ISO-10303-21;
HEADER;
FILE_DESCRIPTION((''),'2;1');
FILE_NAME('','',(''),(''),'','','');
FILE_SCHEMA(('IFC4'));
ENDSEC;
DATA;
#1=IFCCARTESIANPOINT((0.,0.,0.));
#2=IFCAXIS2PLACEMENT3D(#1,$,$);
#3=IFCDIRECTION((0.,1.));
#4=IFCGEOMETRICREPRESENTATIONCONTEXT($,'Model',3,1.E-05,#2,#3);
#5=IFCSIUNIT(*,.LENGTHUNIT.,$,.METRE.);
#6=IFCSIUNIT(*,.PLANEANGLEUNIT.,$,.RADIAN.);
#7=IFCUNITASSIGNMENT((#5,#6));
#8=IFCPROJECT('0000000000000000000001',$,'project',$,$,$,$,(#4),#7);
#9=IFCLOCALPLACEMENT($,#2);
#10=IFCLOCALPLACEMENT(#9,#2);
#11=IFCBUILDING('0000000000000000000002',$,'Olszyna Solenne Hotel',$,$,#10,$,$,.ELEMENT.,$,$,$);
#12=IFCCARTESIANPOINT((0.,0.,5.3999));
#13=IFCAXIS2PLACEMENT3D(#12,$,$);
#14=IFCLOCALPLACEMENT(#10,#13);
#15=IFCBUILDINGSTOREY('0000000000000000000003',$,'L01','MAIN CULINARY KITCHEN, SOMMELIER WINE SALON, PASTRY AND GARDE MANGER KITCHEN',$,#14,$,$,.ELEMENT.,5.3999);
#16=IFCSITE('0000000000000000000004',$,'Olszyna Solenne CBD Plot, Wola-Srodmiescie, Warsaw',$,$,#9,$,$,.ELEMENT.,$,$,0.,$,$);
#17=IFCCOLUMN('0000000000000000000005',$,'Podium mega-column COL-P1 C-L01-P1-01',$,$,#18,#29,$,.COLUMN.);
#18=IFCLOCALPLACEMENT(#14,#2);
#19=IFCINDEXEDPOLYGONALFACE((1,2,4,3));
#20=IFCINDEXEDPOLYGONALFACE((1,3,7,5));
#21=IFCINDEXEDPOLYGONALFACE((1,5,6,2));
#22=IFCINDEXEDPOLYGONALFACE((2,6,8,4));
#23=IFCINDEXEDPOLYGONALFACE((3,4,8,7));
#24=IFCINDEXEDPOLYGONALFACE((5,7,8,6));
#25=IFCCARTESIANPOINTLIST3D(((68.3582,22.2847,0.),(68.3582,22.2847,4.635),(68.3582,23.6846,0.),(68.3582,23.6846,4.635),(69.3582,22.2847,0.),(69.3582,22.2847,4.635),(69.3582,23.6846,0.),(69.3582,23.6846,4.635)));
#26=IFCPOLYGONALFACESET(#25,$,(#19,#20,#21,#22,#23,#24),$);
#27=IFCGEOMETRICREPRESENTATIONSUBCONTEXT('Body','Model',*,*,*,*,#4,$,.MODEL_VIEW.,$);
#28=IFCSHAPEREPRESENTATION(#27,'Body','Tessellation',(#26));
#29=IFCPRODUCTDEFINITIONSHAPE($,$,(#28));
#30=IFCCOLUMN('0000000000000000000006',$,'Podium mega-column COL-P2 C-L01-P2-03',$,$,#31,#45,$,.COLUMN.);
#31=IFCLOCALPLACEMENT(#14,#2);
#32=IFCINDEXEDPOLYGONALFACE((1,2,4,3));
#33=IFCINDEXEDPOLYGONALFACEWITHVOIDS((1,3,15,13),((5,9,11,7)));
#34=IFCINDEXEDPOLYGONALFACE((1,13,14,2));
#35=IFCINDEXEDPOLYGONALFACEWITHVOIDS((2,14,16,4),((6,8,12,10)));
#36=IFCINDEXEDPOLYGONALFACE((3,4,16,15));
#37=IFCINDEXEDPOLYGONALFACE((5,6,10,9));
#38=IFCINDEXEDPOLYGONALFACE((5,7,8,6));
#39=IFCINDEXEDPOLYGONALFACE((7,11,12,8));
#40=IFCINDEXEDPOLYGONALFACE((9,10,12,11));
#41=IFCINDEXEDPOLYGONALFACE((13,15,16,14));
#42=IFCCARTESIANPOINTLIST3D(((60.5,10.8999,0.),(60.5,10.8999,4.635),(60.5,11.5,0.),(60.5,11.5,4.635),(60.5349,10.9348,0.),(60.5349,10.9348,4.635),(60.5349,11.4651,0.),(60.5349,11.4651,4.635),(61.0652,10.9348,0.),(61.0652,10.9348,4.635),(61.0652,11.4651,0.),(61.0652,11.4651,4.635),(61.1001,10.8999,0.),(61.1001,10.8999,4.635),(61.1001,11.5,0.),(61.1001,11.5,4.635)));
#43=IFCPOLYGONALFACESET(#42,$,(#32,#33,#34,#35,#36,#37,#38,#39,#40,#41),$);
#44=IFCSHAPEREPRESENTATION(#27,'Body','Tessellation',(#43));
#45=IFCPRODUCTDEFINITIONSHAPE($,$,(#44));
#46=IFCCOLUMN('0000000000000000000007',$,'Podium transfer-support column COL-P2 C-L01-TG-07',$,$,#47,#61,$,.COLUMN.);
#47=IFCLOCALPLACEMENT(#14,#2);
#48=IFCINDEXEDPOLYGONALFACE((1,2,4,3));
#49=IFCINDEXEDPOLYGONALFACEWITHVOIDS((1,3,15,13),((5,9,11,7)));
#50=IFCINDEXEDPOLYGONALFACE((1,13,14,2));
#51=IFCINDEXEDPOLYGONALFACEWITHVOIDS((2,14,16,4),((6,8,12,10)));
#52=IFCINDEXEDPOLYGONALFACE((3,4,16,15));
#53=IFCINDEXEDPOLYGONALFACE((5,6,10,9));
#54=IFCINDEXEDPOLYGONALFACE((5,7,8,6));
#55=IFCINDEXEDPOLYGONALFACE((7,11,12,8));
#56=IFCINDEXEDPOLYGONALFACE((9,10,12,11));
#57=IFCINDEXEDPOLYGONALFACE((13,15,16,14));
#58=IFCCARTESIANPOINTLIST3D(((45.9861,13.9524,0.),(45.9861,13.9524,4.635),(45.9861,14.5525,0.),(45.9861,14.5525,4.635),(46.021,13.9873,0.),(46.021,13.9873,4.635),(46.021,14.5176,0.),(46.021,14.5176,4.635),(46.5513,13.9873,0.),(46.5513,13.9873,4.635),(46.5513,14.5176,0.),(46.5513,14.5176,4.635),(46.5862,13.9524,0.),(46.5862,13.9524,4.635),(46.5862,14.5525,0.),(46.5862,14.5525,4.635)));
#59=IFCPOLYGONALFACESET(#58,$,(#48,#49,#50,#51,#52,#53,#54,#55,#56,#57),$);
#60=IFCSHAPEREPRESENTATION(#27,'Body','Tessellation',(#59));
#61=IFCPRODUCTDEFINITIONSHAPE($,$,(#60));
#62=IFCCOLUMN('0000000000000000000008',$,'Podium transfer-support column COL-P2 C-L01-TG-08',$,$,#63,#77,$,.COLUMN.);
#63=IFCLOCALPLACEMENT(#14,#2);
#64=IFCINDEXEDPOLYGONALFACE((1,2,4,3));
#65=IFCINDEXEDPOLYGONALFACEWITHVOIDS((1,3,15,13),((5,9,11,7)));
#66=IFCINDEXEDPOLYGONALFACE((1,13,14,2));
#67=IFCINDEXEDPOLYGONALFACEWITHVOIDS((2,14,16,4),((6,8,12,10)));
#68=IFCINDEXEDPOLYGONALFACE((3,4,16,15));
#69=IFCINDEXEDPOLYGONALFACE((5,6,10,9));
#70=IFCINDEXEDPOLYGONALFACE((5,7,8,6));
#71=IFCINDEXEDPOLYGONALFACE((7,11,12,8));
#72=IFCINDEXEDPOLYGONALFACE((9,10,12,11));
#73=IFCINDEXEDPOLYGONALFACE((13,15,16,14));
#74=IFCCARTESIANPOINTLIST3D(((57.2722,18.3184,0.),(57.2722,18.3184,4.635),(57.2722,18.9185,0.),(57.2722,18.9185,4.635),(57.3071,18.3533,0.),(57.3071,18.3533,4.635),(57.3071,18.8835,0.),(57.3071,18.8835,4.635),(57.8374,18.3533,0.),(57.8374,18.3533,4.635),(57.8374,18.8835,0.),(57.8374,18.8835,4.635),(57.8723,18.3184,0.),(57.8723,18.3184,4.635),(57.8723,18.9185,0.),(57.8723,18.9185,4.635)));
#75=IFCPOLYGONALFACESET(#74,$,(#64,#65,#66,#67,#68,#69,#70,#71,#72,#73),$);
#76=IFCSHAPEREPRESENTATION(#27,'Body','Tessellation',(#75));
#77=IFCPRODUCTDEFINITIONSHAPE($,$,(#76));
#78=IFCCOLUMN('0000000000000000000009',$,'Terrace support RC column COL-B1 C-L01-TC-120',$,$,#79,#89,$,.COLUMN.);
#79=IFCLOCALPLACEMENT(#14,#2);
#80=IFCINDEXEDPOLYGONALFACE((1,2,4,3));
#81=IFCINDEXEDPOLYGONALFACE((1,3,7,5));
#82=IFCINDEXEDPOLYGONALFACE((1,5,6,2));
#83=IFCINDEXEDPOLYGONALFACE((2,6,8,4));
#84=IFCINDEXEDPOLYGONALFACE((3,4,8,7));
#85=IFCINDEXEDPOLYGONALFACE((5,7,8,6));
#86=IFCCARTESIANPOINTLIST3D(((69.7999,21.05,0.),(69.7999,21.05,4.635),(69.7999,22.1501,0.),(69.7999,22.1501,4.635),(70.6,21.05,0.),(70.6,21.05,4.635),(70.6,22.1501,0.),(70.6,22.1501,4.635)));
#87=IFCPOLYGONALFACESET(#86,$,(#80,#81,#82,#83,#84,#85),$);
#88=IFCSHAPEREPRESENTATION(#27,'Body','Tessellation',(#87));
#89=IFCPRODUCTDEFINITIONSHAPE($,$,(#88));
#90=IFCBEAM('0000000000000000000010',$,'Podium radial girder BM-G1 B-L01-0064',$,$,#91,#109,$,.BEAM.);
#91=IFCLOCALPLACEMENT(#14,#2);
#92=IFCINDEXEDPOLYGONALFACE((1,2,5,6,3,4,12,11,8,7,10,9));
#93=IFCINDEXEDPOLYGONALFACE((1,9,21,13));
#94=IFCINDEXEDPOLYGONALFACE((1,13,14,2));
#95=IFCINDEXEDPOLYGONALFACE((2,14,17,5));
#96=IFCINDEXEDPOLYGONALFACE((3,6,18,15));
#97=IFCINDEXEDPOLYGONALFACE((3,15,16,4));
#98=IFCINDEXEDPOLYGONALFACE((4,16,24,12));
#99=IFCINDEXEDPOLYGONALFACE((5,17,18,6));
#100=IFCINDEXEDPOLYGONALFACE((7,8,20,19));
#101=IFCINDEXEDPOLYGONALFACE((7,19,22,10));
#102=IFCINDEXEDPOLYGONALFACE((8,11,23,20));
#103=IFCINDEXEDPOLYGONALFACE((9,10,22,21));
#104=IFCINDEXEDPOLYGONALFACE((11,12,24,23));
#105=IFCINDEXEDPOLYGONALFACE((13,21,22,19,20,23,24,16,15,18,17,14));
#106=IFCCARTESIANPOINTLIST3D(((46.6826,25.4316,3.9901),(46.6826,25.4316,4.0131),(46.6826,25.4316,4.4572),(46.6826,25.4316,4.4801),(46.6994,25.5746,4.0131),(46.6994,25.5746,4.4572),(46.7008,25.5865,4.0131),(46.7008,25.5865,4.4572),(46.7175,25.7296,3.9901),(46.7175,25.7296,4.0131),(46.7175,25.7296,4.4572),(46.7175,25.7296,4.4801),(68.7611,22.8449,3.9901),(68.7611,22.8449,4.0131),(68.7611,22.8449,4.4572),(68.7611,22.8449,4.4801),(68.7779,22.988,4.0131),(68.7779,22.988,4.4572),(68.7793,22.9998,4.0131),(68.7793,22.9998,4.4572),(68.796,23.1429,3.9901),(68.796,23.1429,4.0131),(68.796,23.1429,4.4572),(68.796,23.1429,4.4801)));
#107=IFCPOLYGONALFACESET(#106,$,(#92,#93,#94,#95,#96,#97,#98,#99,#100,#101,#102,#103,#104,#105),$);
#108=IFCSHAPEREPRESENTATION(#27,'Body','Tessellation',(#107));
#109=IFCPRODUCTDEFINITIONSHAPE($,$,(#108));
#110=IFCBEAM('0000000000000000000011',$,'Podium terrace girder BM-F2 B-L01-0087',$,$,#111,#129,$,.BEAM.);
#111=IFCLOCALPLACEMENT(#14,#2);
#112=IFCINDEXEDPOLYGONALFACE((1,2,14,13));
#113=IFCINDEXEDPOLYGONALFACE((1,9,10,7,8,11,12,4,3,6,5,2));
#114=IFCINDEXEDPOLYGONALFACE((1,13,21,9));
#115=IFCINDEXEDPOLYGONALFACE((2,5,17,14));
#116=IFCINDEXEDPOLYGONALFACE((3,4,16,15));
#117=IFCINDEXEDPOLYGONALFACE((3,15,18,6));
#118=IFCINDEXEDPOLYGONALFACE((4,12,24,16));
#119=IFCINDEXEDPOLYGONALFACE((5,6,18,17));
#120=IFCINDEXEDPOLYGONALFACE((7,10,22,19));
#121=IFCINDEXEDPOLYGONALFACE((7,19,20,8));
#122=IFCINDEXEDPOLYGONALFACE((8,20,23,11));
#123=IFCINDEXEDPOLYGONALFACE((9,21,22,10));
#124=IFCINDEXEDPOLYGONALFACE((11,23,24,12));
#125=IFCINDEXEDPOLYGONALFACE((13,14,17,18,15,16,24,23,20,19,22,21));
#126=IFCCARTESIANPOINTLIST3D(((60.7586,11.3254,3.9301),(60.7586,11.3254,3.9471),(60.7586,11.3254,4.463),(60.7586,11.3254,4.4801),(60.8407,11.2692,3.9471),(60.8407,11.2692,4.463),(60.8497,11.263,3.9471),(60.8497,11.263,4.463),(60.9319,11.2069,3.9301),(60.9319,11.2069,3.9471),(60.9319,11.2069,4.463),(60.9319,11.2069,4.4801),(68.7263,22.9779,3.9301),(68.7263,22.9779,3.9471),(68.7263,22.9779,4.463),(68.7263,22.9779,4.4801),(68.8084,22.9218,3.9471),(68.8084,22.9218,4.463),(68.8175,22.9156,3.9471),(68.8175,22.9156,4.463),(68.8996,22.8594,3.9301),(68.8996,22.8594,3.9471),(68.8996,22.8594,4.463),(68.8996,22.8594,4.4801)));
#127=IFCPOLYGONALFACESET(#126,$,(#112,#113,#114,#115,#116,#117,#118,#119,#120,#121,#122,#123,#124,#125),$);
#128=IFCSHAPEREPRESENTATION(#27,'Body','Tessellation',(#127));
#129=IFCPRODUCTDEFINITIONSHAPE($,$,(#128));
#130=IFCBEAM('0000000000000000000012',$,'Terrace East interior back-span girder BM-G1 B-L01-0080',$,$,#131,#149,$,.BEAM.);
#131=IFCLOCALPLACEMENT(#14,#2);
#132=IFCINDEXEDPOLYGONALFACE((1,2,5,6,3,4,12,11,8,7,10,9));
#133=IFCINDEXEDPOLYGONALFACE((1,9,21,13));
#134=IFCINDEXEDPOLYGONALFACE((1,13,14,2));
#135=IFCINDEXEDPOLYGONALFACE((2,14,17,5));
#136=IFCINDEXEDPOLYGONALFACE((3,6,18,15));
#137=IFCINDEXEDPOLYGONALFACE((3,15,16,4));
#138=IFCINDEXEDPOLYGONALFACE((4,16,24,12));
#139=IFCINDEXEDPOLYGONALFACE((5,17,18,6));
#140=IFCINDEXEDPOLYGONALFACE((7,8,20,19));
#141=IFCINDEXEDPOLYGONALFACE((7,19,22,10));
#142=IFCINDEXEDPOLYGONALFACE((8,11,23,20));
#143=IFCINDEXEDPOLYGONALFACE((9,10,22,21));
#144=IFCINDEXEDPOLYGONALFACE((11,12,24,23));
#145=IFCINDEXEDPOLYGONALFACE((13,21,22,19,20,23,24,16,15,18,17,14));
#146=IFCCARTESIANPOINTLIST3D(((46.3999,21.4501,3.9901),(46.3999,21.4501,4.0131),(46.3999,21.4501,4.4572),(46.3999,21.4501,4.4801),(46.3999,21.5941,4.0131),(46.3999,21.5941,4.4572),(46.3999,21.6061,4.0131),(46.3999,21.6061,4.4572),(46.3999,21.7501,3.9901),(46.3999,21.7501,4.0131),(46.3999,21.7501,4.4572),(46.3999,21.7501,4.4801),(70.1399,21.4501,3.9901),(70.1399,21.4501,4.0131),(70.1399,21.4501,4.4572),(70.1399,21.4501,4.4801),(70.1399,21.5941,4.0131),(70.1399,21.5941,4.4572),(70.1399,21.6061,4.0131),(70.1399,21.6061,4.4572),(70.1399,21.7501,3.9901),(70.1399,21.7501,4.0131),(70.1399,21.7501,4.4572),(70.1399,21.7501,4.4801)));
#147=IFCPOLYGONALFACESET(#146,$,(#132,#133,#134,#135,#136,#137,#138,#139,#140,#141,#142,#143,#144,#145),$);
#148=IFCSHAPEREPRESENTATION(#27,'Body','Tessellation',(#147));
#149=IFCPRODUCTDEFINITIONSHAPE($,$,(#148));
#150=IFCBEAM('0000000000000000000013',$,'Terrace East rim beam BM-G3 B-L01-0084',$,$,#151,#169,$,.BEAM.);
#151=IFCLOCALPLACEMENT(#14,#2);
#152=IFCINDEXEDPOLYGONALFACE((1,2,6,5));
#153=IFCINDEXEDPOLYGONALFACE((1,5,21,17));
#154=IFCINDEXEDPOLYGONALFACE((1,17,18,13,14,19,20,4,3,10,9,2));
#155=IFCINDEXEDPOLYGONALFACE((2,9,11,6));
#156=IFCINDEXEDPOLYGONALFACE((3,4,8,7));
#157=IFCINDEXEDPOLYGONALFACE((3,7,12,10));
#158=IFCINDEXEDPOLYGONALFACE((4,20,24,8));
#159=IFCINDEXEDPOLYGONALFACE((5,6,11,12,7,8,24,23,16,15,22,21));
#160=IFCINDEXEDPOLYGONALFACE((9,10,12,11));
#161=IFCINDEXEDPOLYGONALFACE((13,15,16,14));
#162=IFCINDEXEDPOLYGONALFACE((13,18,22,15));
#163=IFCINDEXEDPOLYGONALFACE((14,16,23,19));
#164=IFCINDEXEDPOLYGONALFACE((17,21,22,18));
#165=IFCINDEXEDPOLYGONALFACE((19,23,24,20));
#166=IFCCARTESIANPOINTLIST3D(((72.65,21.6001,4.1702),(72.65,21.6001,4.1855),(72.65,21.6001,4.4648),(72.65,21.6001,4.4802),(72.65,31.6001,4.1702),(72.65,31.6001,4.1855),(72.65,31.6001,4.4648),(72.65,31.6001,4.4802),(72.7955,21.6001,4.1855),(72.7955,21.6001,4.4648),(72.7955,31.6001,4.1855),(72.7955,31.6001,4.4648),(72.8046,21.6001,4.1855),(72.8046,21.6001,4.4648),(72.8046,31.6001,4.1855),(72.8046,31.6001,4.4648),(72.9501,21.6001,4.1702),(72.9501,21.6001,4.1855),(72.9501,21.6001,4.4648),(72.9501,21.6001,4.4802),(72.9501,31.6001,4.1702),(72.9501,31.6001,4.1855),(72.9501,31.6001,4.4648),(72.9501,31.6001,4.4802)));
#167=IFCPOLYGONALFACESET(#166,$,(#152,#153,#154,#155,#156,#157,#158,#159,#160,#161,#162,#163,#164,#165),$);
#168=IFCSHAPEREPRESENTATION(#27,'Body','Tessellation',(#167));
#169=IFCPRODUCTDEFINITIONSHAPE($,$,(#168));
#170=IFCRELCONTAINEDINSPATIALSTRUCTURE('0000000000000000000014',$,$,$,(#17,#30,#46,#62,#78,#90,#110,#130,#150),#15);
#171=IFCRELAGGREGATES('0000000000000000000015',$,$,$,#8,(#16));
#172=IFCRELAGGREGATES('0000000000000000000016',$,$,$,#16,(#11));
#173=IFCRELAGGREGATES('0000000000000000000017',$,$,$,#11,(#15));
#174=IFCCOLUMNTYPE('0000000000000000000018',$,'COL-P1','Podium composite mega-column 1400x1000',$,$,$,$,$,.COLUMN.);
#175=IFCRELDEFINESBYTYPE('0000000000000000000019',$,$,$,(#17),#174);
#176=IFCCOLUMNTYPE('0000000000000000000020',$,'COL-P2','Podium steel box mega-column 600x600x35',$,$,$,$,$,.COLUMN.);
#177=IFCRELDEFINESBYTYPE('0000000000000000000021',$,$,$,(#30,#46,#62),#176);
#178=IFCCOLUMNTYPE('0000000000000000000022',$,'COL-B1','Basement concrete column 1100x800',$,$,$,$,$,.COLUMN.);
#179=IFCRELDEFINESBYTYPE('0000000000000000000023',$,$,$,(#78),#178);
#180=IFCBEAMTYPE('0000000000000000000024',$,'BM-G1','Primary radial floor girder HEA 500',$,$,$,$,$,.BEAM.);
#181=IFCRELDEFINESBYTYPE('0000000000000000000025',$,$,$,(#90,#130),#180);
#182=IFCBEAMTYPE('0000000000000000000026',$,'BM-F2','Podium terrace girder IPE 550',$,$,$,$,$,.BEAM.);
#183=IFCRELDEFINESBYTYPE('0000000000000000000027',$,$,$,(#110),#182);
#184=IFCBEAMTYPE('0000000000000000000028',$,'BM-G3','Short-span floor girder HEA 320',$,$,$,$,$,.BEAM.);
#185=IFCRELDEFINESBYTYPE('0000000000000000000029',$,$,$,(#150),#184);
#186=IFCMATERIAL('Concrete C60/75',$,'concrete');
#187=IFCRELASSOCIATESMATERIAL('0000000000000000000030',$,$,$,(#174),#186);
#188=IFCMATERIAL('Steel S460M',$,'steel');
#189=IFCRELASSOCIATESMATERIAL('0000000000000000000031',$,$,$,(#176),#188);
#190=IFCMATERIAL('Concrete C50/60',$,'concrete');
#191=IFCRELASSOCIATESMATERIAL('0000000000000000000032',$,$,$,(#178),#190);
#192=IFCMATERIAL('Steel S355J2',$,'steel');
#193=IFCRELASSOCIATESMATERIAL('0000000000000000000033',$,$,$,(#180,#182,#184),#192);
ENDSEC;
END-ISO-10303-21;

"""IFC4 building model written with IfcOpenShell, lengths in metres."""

from ifc_helpers import new_model, si_unit, direction, frame, origin, origin_2d, place, context, subcontext, project, spatial, rectangle, hollow_rectangle, i_section, extrude, source, transform, mapped, material, material_profile, profile_set, type_object, element, save


model = new_model("IFC4")

# Units and contexts
model_context = context("Model", 3, precision=1e-05, world=origin(), true_north=direction((0.0, 1.0)))
body_context = subcontext(model_context, "Body", "Model", "MODEL_VIEW")
ifc_project = project(units=[si_unit("LENGTHUNIT", "METRE"), si_unit("PLANEANGLEUNIT", "RADIAN")], contexts=[model_context])

# Site, building, storey
site_placement = place(None, origin())
site = spatial("IfcSite", under=ifc_project, at=site_placement, Name="Olszyna Solenne CBD Plot, Wola-Srodmiescie, Warsaw", CompositionType="ELEMENT", RefElevation=0.0)
building_placement = place(site_placement, origin())
building = spatial("IfcBuilding", under=site, at=building_placement, Name="Olszyna Solenne Hotel", CompositionType="ELEMENT")
storey_placement = place(building_placement, frame((0.0, 0.0, 5.3999)))
storey = spatial("IfcBuildingStorey", under=building, at=storey_placement, Name="L01", Description="MAIN CULINARY KITCHEN, SOMMELIER WINE SALON, PASTRY AND GARDE MANGER KITCHEN", CompositionType="ELEMENT", Elevation=5.3999)

# Columns
ifc_material_1 = material(Name="Concrete C60/75", Category="concrete")
ifc_material_profile_1 = material_profile(ifc_material_1, rectangle(XDim=1.0, YDim=1.3999, at=origin_2d()), Name="RC 1400x1000", Category="load-bearing")
ifc_profile_set_1 = profile_set([ifc_material_profile_1], Name="Concrete C60/75")
column_type_1 = type_object("IfcColumnType", Name="COL-P1", Description="Podium composite mega-column 1400x1000", PredefinedType="COLUMN", material=ifc_profile_set_1)
shared_shape_1 = source(origin(), body_context, "Body", "SweptSolid", [
    extrude(rectangle(XDim=1.0, YDim=1.3999, at=origin_2d()), origin(), (0.0, 0.0, 1.0), 4.635),
])
column_1_placement = place(storey_placement, frame((68.8582, 22.9846, 0.0), z_axis=(0.0, 0.0, 1.0), x_axis=(1.0, 0.0, 0.0)))
element("IfcColumn", 1, at=column_1_placement, inside=storey, type_object=column_type_1, Name="Podium mega-column COL-P1 C-L01-P1-01", PredefinedType="COLUMN", context=body_context, shape_type="MappedRepresentation", body=[
    mapped(shared_shape_1, transform((0.0, 0.0, 0.0), x_axis=(1.0, 0.0, 0.0), y_axis=(0.0, 1.0, 0.0), z_axis=(0.0, 0.0, 1.0), scale=1.0)),
])
ifc_material_2 = material(Name="Steel S460M", Category="steel")
ifc_material_profile_2 = material_profile(ifc_material_2, hollow_rectangle(XDim=0.6001, YDim=0.6001, WallThickness=0.0349, at=origin_2d()), Name="SHS 600x600x35", Category="load-bearing")
ifc_profile_set_2 = profile_set([ifc_material_profile_2], Name="Steel S460M")
column_type_2 = type_object("IfcColumnType", Name="COL-P2", Description="Podium steel box mega-column 600x600x35", PredefinedType="COLUMN", material=ifc_profile_set_2)
shared_shape_2 = source(origin(), body_context, "Body", "SweptSolid", [
    extrude(hollow_rectangle(XDim=0.6001, YDim=0.6001, WallThickness=0.0349, at=origin_2d()), origin(), (0.0, 0.0, 1.0), 4.635),
])
for number, where, z_axis, x_axis, name in (
    (2, (60.8, 11.2, 0.0), (0.0, 0.0, 1.0), (1.0, 0.0, 0.0), "Podium mega-column COL-P2 C-L01-P2-03"),
    (3, (46.2861, 14.2524, 0.0), (0.0, 0.0, 1.0), (1.0, 0.0, 0.0), "Podium transfer-support column COL-P2 C-L01-TG-07"),
    (4, (57.5723, 18.6184, 0.0), (0.0, 0.0, 1.0), (1.0, 0.0, 0.0), "Podium transfer-support column COL-P2 C-L01-TG-08"),
):
    element("IfcColumn", number, at=place(storey_placement, frame(where, z_axis=z_axis, x_axis=x_axis)), inside=storey, type_object=column_type_2, Name=name, PredefinedType="COLUMN", context=body_context, shape_type="MappedRepresentation", body=[
        mapped(shared_shape_2, transform((0.0, 0.0, 0.0), x_axis=(1.0, 0.0, 0.0), y_axis=(0.0, 1.0, 0.0), z_axis=(0.0, 0.0, 1.0), scale=1.0)),
    ])
ifc_material_3 = material(Name="Concrete C50/60", Category="concrete")
ifc_material_profile_3 = material_profile(ifc_material_3, rectangle(XDim=0.8, YDim=1.1001, at=origin_2d()), Name="RC 1100x800", Category="load-bearing")
ifc_profile_set_3 = profile_set([ifc_material_profile_3], Name="Concrete C50/60")
column_type_3 = type_object("IfcColumnType", Name="COL-B1", Description="Basement concrete column 1100x800", PredefinedType="COLUMN", material=ifc_profile_set_3)
shared_shape_3 = source(origin(), body_context, "Body", "SweptSolid", [
    extrude(rectangle(XDim=0.8, YDim=1.1001, at=origin_2d()), origin(), (0.0, 0.0, 1.0), 4.635),
])
column_2_placement = place(storey_placement, frame((70.2, 21.6001, 0.0), z_axis=(0.0, 0.0, 1.0), x_axis=(1.0, 0.0, 0.0)))
element("IfcColumn", 5, at=column_2_placement, inside=storey, type_object=column_type_3, Name="Terrace support RC column COL-B1 C-L01-TC-120", PredefinedType="COLUMN", context=body_context, shape_type="MappedRepresentation", body=[
    mapped(shared_shape_3, transform((0.0, 0.0, 0.0), x_axis=(1.0, 0.0, 0.0), y_axis=(0.0, 1.0, 0.0), z_axis=(0.0, 0.0, 1.0), scale=1.0)),
])

# Beams
ifc_material_4 = material(Name="Steel S355J2", Category="steel")
ifc_material_profile_4 = material_profile(ifc_material_4, i_section(OverallWidth=0.3, OverallDepth=0.49, WebThickness=0.012, FlangeThickness=0.0229, at=origin_2d()), Name="HEA 500", Category="load-bearing")
ifc_profile_set_4 = profile_set([ifc_material_profile_4], Name="Steel S355J2")
beam_type_1 = type_object("IfcBeamType", Name="BM-G1", Description="Primary radial floor girder HEA 500", PredefinedType="BEAM", material=ifc_profile_set_4)
shared_shape_4 = source(origin(), body_context, "Body", "SweptSolid", [
    extrude(i_section(OverallWidth=0.3, OverallDepth=0.49, WebThickness=0.012, FlangeThickness=0.0229, at=origin_2d()), origin(), (0.0, 0.0, 1.0), 22.2295),
])
beam_1_placement = place(storey_placement, frame((68.7786, 22.9939, 4.2351), z_axis=(-0.993207, 0.116363, 0.0), x_axis=(-0.116363, -0.993207, 0.0)))
element("IfcBeam", 6, at=beam_1_placement, inside=storey, type_object=beam_type_1, Name="Podium radial girder BM-G1 B-L01-0064", PredefinedType="BEAM", context=body_context, shape_type="MappedRepresentation", body=[
    mapped(shared_shape_4, transform((0.0, 0.0, 0.0), x_axis=(1.0, 0.0, 0.0), y_axis=(0.0, 1.0, 0.0), z_axis=(0.0, 0.0, 1.0), scale=1.0)),
])
ifc_material_profile_5 = material_profile(ifc_material_4, i_section(OverallWidth=0.21, OverallDepth=0.55, WebThickness=0.011, FlangeThickness=0.0171, at=origin_2d()), Name="IPE 550", Category="load-bearing")
ifc_profile_set_5 = profile_set([ifc_material_profile_5], Name="Steel S355J2")
beam_type_2 = type_object("IfcBeamType", Name="BM-F2", Description="Podium terrace girder IPE 550", PredefinedType="BEAM", material=ifc_profile_set_5)
shared_shape_5 = source(origin(), body_context, "Body", "SweptSolid", [
    extrude(i_section(OverallWidth=0.21, OverallDepth=0.55, WebThickness=0.011, FlangeThickness=0.0171, at=origin_2d()), origin(), (0.0, 0.0, 1.0), 14.1162),
])
beam_2_placement = place(storey_placement, frame((60.8452, 11.2661, 4.2051), z_axis=(0.56444, 0.825474, 0.0), x_axis=(-0.825474, 0.56444, 0.0)))
element("IfcBeam", 7, at=beam_2_placement, inside=storey, type_object=beam_type_2, Name="Podium terrace girder BM-F2 B-L01-0087", PredefinedType="BEAM", context=body_context, shape_type="MappedRepresentation", body=[
    mapped(shared_shape_5, transform((0.0, 0.0, 0.0), x_axis=(1.0, 0.0, 0.0), y_axis=(0.0, 1.0, 0.0), z_axis=(0.0, 0.0, 1.0), scale=1.0)),
])
shared_shape_6 = source(origin(), body_context, "Body", "SweptSolid", [
    extrude(i_section(OverallWidth=0.3, OverallDepth=0.49, WebThickness=0.012, FlangeThickness=0.0229, at=origin_2d()), origin(), (0.0, 0.0, 1.0), 23.74),
])
beam_3_placement = place(storey_placement, frame((46.3999, 21.6001, 4.2351), z_axis=(1.0, 0.0, 0.0), x_axis=(0.0, 1.0, 0.0)))
element("IfcBeam", 8, at=beam_3_placement, inside=storey, type_object=beam_type_1, Name="Terrace East interior back-span girder BM-G1 B-L01-0080", PredefinedType="BEAM", context=body_context, shape_type="MappedRepresentation", body=[
    mapped(shared_shape_6, transform((0.0, 0.0, 0.0), x_axis=(1.0, 0.0, 0.0), y_axis=(0.0, 1.0, 0.0), z_axis=(0.0, 0.0, 1.0), scale=1.0)),
])
ifc_material_profile_6 = material_profile(ifc_material_4, i_section(OverallWidth=0.3, OverallDepth=0.3101, WebThickness=0.009, FlangeThickness=0.0154, at=origin_2d()), Name="HEA 320", Category="load-bearing")
ifc_profile_set_6 = profile_set([ifc_material_profile_6], Name="Steel S355J2")
beam_type_3 = type_object("IfcBeamType", Name="BM-G3", Description="Short-span floor girder HEA 320", PredefinedType="BEAM", material=ifc_profile_set_6)
shared_shape_7 = source(origin(), body_context, "Body", "SweptSolid", [
    extrude(i_section(OverallWidth=0.3, OverallDepth=0.3101, WebThickness=0.009, FlangeThickness=0.0154, at=origin_2d()), origin(), (0.0, 0.0, 1.0), 10.0),
])
beam_4_placement = place(storey_placement, frame((72.8, 21.6001, 4.3252), z_axis=(0.0, 1.0, 0.0), x_axis=(-1.0, 0.0, 0.0)))
element("IfcBeam", 9, at=beam_4_placement, inside=storey, type_object=beam_type_3, Name="Terrace East rim beam BM-G3 B-L01-0084", PredefinedType="BEAM", context=body_context, shape_type="MappedRepresentation", body=[
    mapped(shared_shape_7, transform((0.0, 0.0, 0.0), x_axis=(1.0, 0.0, 0.0), y_axis=(0.0, 1.0, 0.0), z_axis=(0.0, 0.0, 1.0), scale=1.0)),
])

save(model, "model.ifc")
